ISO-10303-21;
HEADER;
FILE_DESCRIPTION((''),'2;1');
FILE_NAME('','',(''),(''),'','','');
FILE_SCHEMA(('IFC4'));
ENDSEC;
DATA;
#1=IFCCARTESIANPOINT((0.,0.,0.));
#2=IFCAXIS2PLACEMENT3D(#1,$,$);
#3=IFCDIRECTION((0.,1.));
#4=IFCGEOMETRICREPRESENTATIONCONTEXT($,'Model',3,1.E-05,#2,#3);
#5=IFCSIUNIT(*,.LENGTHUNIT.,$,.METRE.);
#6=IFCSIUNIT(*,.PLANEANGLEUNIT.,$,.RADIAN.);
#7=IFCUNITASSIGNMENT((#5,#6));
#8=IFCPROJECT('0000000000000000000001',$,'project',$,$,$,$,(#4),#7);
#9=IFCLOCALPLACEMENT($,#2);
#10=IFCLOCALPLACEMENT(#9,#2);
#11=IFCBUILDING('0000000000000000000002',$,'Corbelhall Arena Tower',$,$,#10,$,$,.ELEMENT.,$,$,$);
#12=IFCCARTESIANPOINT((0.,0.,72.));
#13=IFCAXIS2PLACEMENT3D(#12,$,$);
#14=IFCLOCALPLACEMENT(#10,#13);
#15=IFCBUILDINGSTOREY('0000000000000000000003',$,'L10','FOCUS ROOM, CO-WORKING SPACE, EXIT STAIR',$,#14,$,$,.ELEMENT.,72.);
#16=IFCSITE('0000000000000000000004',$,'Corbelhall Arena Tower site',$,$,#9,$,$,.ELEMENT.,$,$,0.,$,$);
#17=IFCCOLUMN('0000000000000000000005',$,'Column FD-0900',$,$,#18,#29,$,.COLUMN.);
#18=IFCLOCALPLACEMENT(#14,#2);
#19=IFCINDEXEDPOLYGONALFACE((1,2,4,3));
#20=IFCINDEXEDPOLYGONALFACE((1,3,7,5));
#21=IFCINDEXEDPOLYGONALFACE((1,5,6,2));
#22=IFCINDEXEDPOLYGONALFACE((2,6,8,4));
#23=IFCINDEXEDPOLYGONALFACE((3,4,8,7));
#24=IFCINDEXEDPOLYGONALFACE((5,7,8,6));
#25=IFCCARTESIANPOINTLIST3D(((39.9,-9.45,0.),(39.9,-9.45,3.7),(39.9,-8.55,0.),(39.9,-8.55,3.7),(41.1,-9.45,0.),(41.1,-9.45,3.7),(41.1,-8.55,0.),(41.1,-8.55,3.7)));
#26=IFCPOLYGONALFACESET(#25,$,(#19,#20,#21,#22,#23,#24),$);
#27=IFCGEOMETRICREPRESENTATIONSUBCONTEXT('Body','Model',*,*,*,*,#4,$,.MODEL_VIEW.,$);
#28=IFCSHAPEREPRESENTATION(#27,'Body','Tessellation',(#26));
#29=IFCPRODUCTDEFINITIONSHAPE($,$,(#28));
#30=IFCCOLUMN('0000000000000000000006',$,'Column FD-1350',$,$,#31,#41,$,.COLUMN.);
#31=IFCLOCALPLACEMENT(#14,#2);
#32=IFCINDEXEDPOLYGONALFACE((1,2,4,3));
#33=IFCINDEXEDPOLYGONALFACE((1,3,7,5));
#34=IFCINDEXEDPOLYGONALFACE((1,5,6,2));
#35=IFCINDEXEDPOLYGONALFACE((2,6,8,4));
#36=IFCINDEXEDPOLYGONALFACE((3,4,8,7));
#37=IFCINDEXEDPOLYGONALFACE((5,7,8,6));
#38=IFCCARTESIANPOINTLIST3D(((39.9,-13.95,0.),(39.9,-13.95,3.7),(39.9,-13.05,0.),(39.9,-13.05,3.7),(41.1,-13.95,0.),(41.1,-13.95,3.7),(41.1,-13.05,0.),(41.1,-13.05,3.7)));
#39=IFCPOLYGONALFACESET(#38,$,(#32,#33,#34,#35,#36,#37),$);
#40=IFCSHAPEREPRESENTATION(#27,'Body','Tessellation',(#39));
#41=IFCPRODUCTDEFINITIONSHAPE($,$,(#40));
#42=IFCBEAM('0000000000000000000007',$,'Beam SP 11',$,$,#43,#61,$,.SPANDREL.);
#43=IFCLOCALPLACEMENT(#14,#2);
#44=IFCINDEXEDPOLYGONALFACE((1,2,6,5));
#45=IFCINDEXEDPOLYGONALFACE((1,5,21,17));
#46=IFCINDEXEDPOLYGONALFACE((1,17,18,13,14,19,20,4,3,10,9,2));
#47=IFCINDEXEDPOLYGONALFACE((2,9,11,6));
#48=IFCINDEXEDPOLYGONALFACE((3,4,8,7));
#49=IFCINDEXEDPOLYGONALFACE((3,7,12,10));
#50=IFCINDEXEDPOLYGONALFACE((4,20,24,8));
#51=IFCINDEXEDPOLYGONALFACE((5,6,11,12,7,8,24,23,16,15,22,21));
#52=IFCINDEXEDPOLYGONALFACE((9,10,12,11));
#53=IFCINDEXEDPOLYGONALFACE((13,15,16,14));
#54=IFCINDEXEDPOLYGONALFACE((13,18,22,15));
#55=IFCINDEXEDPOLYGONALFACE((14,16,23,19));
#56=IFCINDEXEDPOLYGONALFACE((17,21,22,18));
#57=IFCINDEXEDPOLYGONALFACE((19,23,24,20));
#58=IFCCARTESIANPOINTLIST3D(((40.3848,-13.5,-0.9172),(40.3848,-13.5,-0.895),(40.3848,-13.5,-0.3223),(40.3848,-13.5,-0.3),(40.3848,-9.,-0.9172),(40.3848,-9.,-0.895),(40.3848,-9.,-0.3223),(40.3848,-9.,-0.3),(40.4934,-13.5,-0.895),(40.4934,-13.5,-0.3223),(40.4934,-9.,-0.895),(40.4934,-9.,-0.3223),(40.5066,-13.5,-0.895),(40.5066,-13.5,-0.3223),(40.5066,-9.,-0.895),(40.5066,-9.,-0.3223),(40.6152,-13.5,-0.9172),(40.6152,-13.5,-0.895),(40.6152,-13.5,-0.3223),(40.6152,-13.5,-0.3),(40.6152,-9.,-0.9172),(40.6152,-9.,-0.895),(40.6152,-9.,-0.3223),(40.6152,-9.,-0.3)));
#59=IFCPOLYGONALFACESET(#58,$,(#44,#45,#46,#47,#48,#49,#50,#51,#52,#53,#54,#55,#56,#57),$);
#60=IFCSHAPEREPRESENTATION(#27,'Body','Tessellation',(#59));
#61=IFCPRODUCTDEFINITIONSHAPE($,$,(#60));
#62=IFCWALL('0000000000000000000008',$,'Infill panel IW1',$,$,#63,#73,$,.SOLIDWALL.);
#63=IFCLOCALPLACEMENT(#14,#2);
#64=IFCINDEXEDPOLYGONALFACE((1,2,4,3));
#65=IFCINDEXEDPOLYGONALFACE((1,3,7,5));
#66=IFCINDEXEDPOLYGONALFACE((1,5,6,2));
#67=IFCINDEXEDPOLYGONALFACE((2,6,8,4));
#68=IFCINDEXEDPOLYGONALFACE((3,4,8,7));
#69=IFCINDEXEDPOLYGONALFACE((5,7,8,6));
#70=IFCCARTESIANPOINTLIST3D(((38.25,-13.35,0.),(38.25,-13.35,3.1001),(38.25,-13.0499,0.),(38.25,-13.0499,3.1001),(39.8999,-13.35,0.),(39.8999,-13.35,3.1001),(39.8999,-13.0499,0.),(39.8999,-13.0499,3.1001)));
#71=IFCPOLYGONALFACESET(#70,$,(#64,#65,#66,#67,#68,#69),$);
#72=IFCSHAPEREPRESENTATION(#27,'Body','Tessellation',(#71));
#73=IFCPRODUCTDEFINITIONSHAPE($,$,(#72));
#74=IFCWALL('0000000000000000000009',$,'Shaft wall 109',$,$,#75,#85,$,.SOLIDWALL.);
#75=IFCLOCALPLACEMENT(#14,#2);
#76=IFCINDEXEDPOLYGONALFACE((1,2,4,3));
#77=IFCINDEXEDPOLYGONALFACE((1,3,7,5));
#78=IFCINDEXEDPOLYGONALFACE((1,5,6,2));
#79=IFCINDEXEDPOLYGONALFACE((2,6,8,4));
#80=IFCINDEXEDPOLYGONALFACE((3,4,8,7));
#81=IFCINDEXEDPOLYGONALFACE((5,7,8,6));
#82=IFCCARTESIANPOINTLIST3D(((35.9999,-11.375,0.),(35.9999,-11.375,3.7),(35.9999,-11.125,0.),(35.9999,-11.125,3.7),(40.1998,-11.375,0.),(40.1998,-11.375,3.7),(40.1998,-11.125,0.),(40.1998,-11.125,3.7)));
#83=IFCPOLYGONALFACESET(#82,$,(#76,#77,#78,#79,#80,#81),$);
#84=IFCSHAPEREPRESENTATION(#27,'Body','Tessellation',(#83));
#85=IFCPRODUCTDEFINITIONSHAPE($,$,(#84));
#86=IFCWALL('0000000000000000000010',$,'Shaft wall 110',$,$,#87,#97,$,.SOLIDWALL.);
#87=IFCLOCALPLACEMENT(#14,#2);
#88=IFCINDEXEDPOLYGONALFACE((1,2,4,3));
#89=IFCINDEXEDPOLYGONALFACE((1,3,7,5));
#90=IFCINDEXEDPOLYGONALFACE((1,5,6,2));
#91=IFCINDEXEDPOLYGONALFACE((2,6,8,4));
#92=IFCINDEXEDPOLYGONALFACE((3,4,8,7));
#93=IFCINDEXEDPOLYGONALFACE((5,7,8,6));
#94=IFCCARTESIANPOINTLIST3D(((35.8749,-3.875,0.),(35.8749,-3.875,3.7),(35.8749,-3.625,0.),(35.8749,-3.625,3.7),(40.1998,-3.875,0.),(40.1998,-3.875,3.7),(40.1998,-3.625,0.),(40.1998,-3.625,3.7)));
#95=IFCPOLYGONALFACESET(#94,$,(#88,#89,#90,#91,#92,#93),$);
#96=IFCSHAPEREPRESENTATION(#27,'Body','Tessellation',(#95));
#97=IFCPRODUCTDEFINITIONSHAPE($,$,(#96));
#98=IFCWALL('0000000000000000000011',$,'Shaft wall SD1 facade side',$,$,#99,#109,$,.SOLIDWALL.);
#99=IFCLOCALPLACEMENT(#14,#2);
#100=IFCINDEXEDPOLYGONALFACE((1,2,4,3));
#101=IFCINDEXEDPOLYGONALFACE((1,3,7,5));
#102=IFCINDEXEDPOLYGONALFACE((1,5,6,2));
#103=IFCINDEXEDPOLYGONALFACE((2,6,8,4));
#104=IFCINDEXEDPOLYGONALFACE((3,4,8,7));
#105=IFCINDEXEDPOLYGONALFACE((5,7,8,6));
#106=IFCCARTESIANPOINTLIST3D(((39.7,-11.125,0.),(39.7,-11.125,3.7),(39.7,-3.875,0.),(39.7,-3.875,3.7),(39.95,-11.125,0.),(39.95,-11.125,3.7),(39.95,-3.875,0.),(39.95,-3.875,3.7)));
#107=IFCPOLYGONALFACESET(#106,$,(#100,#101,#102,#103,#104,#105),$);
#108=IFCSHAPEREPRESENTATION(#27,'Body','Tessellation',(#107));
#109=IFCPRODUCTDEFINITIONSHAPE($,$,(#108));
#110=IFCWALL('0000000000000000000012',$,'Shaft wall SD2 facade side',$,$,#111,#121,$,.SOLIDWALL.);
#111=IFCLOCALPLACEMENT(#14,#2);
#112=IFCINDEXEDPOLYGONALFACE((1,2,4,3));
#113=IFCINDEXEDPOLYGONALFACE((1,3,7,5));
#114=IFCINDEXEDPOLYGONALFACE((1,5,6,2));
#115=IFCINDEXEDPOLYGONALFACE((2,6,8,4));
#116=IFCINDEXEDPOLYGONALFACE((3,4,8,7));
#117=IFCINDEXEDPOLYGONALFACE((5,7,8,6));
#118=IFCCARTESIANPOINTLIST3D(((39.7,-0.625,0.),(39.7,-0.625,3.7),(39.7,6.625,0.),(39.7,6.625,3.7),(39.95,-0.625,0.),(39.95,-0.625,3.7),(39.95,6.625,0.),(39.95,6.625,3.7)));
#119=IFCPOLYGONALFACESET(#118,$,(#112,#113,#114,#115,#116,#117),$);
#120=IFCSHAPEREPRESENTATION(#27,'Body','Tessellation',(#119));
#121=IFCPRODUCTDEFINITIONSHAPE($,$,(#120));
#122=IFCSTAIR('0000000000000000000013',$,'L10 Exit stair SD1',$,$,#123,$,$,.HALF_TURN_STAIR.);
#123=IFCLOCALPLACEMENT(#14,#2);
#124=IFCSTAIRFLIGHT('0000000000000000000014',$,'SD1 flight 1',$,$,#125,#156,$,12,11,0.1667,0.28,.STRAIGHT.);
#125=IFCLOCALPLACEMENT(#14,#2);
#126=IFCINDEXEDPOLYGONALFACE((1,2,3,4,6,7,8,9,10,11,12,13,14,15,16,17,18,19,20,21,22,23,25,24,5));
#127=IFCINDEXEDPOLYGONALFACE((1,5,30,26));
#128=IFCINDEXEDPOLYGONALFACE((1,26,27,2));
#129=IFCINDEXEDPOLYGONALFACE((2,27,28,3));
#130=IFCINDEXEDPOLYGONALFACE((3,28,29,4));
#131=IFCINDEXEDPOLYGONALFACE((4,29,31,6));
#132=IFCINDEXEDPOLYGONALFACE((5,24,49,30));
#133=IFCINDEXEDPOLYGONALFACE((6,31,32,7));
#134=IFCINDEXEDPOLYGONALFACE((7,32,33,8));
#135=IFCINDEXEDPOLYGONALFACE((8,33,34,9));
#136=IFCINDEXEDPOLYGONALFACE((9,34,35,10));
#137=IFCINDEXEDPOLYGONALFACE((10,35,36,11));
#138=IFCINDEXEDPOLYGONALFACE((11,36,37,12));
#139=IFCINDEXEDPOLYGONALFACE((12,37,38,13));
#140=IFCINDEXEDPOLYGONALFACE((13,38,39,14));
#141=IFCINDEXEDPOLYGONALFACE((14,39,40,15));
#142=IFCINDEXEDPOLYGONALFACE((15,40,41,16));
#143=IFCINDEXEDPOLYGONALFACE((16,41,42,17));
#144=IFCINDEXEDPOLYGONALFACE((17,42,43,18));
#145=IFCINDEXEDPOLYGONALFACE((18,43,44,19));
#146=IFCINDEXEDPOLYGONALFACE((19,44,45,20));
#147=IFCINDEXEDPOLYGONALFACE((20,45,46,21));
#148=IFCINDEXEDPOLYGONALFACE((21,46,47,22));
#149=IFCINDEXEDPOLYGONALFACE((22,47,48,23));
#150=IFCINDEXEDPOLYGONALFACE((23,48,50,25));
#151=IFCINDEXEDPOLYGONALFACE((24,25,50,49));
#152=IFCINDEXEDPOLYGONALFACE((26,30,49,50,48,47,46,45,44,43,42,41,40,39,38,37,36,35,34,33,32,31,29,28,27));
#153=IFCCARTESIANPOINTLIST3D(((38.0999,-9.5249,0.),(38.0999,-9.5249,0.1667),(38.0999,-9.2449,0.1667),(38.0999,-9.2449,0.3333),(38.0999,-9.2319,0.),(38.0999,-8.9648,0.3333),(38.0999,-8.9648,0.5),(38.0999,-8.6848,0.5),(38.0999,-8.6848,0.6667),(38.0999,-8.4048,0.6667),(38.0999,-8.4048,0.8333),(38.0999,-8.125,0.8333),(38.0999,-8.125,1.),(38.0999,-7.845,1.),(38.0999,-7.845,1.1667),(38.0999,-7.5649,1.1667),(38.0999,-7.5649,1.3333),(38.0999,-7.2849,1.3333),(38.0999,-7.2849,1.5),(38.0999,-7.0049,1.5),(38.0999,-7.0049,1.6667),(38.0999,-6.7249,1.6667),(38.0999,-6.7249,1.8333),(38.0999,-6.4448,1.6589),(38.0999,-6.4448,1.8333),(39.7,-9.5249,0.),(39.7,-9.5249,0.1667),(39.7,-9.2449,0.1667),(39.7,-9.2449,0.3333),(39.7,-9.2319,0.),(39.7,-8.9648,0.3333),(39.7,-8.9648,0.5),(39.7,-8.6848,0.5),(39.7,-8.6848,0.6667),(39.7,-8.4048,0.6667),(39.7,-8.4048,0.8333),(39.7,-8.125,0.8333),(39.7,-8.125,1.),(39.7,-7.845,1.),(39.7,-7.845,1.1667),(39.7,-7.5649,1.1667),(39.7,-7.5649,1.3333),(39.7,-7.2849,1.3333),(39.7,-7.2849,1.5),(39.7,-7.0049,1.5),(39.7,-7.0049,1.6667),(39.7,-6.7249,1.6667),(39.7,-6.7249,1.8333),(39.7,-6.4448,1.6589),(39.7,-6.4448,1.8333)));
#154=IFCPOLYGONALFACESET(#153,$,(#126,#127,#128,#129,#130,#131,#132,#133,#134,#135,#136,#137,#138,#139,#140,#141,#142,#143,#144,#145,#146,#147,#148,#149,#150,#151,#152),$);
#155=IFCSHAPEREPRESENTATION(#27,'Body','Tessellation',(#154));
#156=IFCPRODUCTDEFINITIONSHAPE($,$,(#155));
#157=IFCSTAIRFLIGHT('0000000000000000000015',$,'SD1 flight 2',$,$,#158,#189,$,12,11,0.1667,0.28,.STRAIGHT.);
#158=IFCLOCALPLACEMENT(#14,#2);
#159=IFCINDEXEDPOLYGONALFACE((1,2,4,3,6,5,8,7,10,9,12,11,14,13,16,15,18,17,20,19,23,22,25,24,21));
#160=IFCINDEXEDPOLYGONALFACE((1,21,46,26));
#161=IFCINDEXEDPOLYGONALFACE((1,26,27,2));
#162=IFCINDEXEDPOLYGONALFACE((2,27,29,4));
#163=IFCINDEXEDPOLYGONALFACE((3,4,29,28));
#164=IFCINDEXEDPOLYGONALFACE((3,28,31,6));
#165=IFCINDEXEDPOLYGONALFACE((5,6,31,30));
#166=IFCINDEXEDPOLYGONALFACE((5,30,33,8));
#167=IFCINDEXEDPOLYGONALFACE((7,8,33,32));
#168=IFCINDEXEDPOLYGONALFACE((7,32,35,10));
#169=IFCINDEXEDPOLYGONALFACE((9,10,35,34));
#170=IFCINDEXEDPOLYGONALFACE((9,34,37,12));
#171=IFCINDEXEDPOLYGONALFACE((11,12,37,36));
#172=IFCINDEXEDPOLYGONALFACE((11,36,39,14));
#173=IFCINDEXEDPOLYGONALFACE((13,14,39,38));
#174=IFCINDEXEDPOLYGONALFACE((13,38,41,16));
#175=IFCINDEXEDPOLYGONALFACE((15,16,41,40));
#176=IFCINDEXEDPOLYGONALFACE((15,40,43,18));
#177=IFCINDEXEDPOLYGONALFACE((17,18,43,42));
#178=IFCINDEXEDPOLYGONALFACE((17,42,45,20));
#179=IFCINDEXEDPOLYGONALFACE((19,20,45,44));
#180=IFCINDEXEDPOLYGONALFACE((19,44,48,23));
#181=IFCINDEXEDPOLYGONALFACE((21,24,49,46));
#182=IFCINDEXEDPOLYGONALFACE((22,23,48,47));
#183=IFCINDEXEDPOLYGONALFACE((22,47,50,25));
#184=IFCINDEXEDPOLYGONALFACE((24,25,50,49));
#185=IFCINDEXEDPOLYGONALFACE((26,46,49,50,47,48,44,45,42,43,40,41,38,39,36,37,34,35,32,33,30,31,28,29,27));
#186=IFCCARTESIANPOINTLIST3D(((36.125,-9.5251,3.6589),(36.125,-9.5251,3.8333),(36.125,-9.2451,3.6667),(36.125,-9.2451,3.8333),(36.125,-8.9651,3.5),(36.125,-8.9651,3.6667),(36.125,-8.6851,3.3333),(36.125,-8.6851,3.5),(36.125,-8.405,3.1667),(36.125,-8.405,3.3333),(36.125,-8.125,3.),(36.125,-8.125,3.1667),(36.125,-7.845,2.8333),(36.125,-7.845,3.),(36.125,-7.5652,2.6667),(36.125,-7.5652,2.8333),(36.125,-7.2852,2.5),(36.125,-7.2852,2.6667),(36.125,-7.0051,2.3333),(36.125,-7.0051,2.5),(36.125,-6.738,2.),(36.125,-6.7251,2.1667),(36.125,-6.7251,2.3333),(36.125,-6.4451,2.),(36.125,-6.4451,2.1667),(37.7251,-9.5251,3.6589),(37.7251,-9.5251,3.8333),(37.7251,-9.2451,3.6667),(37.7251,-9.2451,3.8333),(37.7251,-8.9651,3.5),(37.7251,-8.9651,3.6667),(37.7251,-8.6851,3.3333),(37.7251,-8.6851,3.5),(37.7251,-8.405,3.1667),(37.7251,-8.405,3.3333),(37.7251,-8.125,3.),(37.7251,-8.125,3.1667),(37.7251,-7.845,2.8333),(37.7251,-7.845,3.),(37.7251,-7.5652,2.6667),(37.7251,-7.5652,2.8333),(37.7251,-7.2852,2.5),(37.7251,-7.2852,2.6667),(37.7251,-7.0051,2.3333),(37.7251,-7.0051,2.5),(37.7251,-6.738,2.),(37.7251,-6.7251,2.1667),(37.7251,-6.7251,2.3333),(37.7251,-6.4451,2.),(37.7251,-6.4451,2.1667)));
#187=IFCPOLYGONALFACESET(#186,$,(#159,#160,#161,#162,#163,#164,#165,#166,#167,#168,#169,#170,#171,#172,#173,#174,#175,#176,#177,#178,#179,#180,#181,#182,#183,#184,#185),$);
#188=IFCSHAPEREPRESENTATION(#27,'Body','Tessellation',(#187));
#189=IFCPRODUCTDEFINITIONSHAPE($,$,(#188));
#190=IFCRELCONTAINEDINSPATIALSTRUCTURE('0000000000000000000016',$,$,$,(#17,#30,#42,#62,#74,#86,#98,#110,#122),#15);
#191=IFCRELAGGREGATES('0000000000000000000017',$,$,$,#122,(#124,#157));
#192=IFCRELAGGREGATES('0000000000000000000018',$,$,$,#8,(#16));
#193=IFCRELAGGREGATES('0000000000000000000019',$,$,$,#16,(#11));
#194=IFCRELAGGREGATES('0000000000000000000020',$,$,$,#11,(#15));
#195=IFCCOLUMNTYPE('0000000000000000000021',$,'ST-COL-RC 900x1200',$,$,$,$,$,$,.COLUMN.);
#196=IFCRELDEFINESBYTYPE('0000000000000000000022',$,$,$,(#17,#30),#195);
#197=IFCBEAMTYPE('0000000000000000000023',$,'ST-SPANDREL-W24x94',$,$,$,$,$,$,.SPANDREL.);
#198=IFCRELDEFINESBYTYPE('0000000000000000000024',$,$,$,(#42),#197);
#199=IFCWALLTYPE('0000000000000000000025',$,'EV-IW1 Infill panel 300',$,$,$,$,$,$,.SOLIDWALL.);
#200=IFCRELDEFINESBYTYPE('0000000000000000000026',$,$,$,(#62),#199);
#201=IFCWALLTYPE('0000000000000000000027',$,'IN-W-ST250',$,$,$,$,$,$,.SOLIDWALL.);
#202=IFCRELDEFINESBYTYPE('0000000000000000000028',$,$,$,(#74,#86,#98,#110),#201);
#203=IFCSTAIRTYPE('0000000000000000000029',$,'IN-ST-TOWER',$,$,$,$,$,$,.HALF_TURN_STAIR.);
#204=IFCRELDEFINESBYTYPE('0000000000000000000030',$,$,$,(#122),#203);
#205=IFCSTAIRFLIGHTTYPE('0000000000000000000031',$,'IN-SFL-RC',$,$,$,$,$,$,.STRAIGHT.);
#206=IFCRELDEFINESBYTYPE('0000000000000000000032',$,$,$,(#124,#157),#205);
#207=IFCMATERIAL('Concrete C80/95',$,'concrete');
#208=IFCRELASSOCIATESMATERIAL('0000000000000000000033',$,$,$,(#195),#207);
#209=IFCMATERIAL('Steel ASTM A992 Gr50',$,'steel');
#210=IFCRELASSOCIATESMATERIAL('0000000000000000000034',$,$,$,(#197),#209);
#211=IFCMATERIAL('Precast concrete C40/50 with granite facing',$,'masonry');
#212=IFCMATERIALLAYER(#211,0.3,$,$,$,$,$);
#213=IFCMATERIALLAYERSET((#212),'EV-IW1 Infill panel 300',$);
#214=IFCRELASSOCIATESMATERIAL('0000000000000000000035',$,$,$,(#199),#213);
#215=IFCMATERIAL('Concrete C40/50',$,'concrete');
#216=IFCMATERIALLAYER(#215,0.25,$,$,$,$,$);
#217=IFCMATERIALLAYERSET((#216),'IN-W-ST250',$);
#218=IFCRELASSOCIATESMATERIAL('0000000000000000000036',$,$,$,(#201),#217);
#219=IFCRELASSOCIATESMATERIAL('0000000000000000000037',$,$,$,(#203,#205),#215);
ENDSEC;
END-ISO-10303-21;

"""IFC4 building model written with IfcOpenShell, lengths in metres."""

from ifc_helpers import new_model, si_unit, direction, frame, frame_2d, origin, origin_2d, place, context, subcontext, project, spatial, polyline, rectangle, i_section, outline, extrude, material, layer, layer_set, material_profile, profile_set, type_object, element, aggregate, save


model = new_model("IFC4")

# Units and contexts
model_context = context("Model", 3, precision=1e-05, world=origin(), true_north=direction((0.0, 1.0)))
body_context = subcontext(model_context, "Body", "Model", "MODEL_VIEW")
ifc_project = project(units=[si_unit("LENGTHUNIT", "METRE"), si_unit("PLANEANGLEUNIT", "RADIAN")], contexts=[model_context])

# Site, building, storey
site_placement = place(None, origin())
site = spatial("IfcSite", under=ifc_project, at=site_placement, Name="Corbelhall Arena Tower site", CompositionType="ELEMENT", RefElevation=0.0)
building_placement = place(site_placement, origin())
building = spatial("IfcBuilding", under=site, at=building_placement, Name="Corbelhall Arena Tower", CompositionType="ELEMENT")
storey_placement = place(building_placement, frame((0.0, 0.0, 72.0)))
storey = spatial("IfcBuildingStorey", under=building, at=storey_placement, Name="L10", Description="FOCUS ROOM, CO-WORKING SPACE, EXIT STAIR", CompositionType="ELEMENT", Elevation=72.0)

# Columns
ifc_material_1 = material(Name="Concrete C80/95", Category="concrete")
ifc_material_profile_1 = material_profile(ifc_material_1, rectangle(XDim=0.8999, YDim=1.2, at=origin_2d()))
ifc_profile_set_1 = profile_set([ifc_material_profile_1], Name="Concrete C80/95")
column_type = type_object("IfcColumnType", Name="ST-COL-RC 900x1200", PredefinedType="COLUMN", material=ifc_profile_set_1)
for number, where, z_axis, x_axis, name in (
    (1, (40.5, -9.0, 0.0), (0.0, 0.0, 1.0), (0.0, 1.0, 0.0), "Column FD-0900"),
    (2, (40.5, -13.5, 0.0), (0.0, 0.0, 1.0), (0.0, 1.0, 0.0), "Column FD-1350"),
):
    element("IfcColumn", number, at=place(storey_placement, frame(where, z_axis=z_axis, x_axis=x_axis)), inside=storey, type_object=column_type, Name=name, PredefinedType="COLUMN", context=body_context, shape_type="SweptSolid", body=[
        extrude(rectangle(XDim=0.8999, YDim=1.2, at=origin_2d()), origin(), (0.0, 0.0, 1.0), 3.7),
    ])

# Beam
ifc_material_2 = material(Name="Steel ASTM A992 Gr50", Category="steel")
ifc_material_profile_2 = material_profile(ifc_material_2, i_section(OverallWidth=0.2305, OverallDepth=0.6172, WebThickness=0.0132, FlangeThickness=0.0222, at=origin_2d()))
ifc_profile_set_2 = profile_set([ifc_material_profile_2], Name="Steel ASTM A992 Gr50")
beam_type = type_object("IfcBeamType", Name="ST-SPANDREL-W24x94", PredefinedType="SPANDREL", material=ifc_profile_set_2)
beam_placement = place(storey_placement, frame((40.5, -9.0, -0.6086), z_axis=(0.0, -1.0, 0.0), x_axis=(1.0, 0.0, 0.0)))
element("IfcBeam", 3, at=beam_placement, inside=storey, type_object=beam_type, Name="Beam SP 11", PredefinedType="SPANDREL", context=body_context, shape_type="SweptSolid", body=[
    extrude(i_section(OverallWidth=0.2305, OverallDepth=0.6172, WebThickness=0.0132, FlangeThickness=0.0222, at=origin_2d()), origin(), (0.0, 0.0, 1.0), 4.5),
])

# Wall
ifc_material_3 = material(Name="Precast concrete C40/50 with granite facing", Category="masonry")
ifc_layer_1 = layer(ifc_material_3, 0.3)
ifc_layer_set_1 = layer_set([ifc_layer_1], Name="EV-IW1 Infill panel 300")
wall_type_1 = type_object("IfcWallType", Name="EV-IW1 Infill panel 300", PredefinedType="SOLIDWALL", material=ifc_layer_set_1)
wall_1_placement = place(storey_placement, frame((39.8999, -13.2, 0.0), z_axis=(0.0, 0.0, 1.0), x_axis=(-1.0, 0.0, 0.0)))
element("IfcWall", 4, at=wall_1_placement, inside=storey, type_object=wall_type_1, Name="Infill panel IW1", PredefinedType="SOLIDWALL", context=body_context, shape_type="SweptSolid", body=[
    extrude(rectangle(XDim=1.6499, YDim=0.3, at=frame_2d((0.825, 0.0))), origin(), (0.0, 0.0, 1.0), 3.1001),
])

# Walls
ifc_material_4 = material(Name="Concrete C40/50", Category="concrete")
ifc_layer_2 = layer(ifc_material_4, 0.25)
ifc_layer_set_2 = layer_set([ifc_layer_2], Name="IN-W-ST250")
wall_type_2 = type_object("IfcWallType", Name="IN-W-ST250", PredefinedType="SOLIDWALL", material=ifc_layer_set_2)
wall_2_placement = place(storey_placement, frame((40.2, -11.25, 0.0), z_axis=(0.0, 0.0, 1.0), x_axis=(-1.0, 0.0, 0.0)))
element("IfcWall", 5, at=wall_2_placement, inside=storey, type_object=wall_type_2, Name="Shaft wall 109", PredefinedType="SOLIDWALL", context=body_context, shape_type="SweptSolid", body=[
    extrude(rectangle(XDim=4.2, YDim=0.25, at=frame_2d((2.1001, 0.0))), origin(), (0.0, 0.0, 1.0), 3.7),
])
wall_3_placement = place(storey_placement, frame((40.2, -3.75, 0.0), z_axis=(0.0, 0.0, 1.0), x_axis=(-1.0, 0.0, 0.0)))
element("IfcWall", 6, at=wall_3_placement, inside=storey, type_object=wall_type_2, Name="Shaft wall 110", PredefinedType="SOLIDWALL", context=body_context, shape_type="SweptSolid", body=[
    extrude(rectangle(XDim=4.325, YDim=0.25, at=frame_2d((2.1626, 0.0))), origin(), (0.0, 0.0, 1.0), 3.7),
])
for number, where, z_axis, x_axis, name in (
    (7, (39.825, -11.125, 0.0), (0.0, 0.0, 1.0), (0.0, 1.0, 0.0), "Shaft wall SD1 facade side"),
    (8, (39.825, -0.625, 0.0), (0.0, 0.0, 1.0), (0.0, 1.0, 0.0), "Shaft wall SD2 facade side"),
):
    element("IfcWall", number, at=place(storey_placement, frame(where, z_axis=z_axis, x_axis=x_axis)), inside=storey, type_object=wall_type_2, Name=name, PredefinedType="SOLIDWALL", context=body_context, shape_type="SweptSolid", body=[
        extrude(rectangle(XDim=7.25, YDim=0.25, at=frame_2d((3.625, 0.0))), origin(), (0.0, 0.0, 1.0), 3.7),
    ])

# Stair, stair flights
stair_type = type_object("IfcStairType", Name="IN-ST-TOWER", PredefinedType="HALF_TURN_STAIR", material=ifc_material_4)
stair_placement = place(storey_placement, origin())
stair = element("IfcStair", 9, at=stair_placement, inside=storey, type_object=stair_type, Name="L10 Exit stair SD1", PredefinedType="HALF_TURN_STAIR")
stair_flight_type = type_object("IfcStairFlightType", Name="IN-SFL-RC", PredefinedType="STRAIGHT", material=ifc_material_4)
stair_flight_1_placement = place(storey_placement, frame((38.8999, -9.5249, 0.0), z_axis=(0.0, 0.0, 1.0), x_axis=(0.0, 1.0, 0.0)))
stair_flight_1 = element("IfcStairFlight", 10, at=stair_flight_1_placement, type_object=stair_flight_type, Name="SD1 flight 1", NumberOfRisers=12, NumberOfTreads=11, PredefinedType="STRAIGHT", RiserHeight=0.1667, TreadLength=0.28, context=body_context, shape_type="SweptSolid", body=[
    extrude(outline(polyline([(0.0, 0.0), (0.0, 0.1667), (0.28, 0.1667), (0.28, 0.3333), (0.5601, 0.3333), (0.5601, 0.5), (0.8401, 0.5), (0.8401, 0.6667), (1.1201, 0.6667), (1.1201, 0.8333), (1.3999, 0.8333), (1.3999, 1.0), (1.6799, 1.0), (1.6799, 1.1667), (1.96, 1.1667), (1.96, 1.3333), (2.24, 1.3333), (2.24, 1.5), (2.52, 1.5), (2.52, 1.6667), (2.8, 1.6667), (2.8, 1.8333), (3.0801, 1.8333), (3.0801, 2.0), (3.0801, 1.6589), (0.293, 0.0), (0.0, 0.0)])), frame((0.0, 0.8, 0.0), z_axis=(0.0, -1.0, 0.0), x_axis=(1.0, 0.0, 0.0)), (0.0, 0.0, 1.0), 1.6001),
])
stair_flight_2_placement = place(storey_placement, frame((36.925, -6.4451, 2.0), z_axis=(0.0, 0.0, 1.0), x_axis=(0.0, -1.0, 0.0)))
stair_flight_2 = element("IfcStairFlight", 11, at=stair_flight_2_placement, type_object=stair_flight_type, Name="SD1 flight 2", NumberOfRisers=12, NumberOfTreads=11, PredefinedType="STRAIGHT", RiserHeight=0.1667, TreadLength=0.28, context=body_context, shape_type="SweptSolid", body=[
    extrude(outline(polyline([(0.0, 0.0), (0.0, 0.1667), (0.28, 0.1667), (0.28, 0.3333), (0.5601, 0.3333), (0.5601, 0.5), (0.8401, 0.5), (0.8401, 0.6667), (1.1201, 0.6667), (1.1201, 0.8333), (1.3999, 0.8333), (1.3999, 1.0), (1.6799, 1.0), (1.6799, 1.1667), (1.96, 1.1667), (1.96, 1.3333), (2.24, 1.3333), (2.24, 1.5), (2.52, 1.5), (2.52, 1.6667), (2.8, 1.6667), (2.8, 1.8333), (3.0801, 1.8333), (3.0801, 2.0), (3.0801, 1.6589), (0.293, 0.0), (0.0, 0.0)])), frame((0.0, 0.8, 0.0), z_axis=(0.0, -1.0, 0.0), x_axis=(1.0, 0.0, 0.0)), (0.0, 0.0, 1.0), 1.6001),
])
aggregate(stair, [stair_flight_1, stair_flight_2])

save(model, "model.ifc")
